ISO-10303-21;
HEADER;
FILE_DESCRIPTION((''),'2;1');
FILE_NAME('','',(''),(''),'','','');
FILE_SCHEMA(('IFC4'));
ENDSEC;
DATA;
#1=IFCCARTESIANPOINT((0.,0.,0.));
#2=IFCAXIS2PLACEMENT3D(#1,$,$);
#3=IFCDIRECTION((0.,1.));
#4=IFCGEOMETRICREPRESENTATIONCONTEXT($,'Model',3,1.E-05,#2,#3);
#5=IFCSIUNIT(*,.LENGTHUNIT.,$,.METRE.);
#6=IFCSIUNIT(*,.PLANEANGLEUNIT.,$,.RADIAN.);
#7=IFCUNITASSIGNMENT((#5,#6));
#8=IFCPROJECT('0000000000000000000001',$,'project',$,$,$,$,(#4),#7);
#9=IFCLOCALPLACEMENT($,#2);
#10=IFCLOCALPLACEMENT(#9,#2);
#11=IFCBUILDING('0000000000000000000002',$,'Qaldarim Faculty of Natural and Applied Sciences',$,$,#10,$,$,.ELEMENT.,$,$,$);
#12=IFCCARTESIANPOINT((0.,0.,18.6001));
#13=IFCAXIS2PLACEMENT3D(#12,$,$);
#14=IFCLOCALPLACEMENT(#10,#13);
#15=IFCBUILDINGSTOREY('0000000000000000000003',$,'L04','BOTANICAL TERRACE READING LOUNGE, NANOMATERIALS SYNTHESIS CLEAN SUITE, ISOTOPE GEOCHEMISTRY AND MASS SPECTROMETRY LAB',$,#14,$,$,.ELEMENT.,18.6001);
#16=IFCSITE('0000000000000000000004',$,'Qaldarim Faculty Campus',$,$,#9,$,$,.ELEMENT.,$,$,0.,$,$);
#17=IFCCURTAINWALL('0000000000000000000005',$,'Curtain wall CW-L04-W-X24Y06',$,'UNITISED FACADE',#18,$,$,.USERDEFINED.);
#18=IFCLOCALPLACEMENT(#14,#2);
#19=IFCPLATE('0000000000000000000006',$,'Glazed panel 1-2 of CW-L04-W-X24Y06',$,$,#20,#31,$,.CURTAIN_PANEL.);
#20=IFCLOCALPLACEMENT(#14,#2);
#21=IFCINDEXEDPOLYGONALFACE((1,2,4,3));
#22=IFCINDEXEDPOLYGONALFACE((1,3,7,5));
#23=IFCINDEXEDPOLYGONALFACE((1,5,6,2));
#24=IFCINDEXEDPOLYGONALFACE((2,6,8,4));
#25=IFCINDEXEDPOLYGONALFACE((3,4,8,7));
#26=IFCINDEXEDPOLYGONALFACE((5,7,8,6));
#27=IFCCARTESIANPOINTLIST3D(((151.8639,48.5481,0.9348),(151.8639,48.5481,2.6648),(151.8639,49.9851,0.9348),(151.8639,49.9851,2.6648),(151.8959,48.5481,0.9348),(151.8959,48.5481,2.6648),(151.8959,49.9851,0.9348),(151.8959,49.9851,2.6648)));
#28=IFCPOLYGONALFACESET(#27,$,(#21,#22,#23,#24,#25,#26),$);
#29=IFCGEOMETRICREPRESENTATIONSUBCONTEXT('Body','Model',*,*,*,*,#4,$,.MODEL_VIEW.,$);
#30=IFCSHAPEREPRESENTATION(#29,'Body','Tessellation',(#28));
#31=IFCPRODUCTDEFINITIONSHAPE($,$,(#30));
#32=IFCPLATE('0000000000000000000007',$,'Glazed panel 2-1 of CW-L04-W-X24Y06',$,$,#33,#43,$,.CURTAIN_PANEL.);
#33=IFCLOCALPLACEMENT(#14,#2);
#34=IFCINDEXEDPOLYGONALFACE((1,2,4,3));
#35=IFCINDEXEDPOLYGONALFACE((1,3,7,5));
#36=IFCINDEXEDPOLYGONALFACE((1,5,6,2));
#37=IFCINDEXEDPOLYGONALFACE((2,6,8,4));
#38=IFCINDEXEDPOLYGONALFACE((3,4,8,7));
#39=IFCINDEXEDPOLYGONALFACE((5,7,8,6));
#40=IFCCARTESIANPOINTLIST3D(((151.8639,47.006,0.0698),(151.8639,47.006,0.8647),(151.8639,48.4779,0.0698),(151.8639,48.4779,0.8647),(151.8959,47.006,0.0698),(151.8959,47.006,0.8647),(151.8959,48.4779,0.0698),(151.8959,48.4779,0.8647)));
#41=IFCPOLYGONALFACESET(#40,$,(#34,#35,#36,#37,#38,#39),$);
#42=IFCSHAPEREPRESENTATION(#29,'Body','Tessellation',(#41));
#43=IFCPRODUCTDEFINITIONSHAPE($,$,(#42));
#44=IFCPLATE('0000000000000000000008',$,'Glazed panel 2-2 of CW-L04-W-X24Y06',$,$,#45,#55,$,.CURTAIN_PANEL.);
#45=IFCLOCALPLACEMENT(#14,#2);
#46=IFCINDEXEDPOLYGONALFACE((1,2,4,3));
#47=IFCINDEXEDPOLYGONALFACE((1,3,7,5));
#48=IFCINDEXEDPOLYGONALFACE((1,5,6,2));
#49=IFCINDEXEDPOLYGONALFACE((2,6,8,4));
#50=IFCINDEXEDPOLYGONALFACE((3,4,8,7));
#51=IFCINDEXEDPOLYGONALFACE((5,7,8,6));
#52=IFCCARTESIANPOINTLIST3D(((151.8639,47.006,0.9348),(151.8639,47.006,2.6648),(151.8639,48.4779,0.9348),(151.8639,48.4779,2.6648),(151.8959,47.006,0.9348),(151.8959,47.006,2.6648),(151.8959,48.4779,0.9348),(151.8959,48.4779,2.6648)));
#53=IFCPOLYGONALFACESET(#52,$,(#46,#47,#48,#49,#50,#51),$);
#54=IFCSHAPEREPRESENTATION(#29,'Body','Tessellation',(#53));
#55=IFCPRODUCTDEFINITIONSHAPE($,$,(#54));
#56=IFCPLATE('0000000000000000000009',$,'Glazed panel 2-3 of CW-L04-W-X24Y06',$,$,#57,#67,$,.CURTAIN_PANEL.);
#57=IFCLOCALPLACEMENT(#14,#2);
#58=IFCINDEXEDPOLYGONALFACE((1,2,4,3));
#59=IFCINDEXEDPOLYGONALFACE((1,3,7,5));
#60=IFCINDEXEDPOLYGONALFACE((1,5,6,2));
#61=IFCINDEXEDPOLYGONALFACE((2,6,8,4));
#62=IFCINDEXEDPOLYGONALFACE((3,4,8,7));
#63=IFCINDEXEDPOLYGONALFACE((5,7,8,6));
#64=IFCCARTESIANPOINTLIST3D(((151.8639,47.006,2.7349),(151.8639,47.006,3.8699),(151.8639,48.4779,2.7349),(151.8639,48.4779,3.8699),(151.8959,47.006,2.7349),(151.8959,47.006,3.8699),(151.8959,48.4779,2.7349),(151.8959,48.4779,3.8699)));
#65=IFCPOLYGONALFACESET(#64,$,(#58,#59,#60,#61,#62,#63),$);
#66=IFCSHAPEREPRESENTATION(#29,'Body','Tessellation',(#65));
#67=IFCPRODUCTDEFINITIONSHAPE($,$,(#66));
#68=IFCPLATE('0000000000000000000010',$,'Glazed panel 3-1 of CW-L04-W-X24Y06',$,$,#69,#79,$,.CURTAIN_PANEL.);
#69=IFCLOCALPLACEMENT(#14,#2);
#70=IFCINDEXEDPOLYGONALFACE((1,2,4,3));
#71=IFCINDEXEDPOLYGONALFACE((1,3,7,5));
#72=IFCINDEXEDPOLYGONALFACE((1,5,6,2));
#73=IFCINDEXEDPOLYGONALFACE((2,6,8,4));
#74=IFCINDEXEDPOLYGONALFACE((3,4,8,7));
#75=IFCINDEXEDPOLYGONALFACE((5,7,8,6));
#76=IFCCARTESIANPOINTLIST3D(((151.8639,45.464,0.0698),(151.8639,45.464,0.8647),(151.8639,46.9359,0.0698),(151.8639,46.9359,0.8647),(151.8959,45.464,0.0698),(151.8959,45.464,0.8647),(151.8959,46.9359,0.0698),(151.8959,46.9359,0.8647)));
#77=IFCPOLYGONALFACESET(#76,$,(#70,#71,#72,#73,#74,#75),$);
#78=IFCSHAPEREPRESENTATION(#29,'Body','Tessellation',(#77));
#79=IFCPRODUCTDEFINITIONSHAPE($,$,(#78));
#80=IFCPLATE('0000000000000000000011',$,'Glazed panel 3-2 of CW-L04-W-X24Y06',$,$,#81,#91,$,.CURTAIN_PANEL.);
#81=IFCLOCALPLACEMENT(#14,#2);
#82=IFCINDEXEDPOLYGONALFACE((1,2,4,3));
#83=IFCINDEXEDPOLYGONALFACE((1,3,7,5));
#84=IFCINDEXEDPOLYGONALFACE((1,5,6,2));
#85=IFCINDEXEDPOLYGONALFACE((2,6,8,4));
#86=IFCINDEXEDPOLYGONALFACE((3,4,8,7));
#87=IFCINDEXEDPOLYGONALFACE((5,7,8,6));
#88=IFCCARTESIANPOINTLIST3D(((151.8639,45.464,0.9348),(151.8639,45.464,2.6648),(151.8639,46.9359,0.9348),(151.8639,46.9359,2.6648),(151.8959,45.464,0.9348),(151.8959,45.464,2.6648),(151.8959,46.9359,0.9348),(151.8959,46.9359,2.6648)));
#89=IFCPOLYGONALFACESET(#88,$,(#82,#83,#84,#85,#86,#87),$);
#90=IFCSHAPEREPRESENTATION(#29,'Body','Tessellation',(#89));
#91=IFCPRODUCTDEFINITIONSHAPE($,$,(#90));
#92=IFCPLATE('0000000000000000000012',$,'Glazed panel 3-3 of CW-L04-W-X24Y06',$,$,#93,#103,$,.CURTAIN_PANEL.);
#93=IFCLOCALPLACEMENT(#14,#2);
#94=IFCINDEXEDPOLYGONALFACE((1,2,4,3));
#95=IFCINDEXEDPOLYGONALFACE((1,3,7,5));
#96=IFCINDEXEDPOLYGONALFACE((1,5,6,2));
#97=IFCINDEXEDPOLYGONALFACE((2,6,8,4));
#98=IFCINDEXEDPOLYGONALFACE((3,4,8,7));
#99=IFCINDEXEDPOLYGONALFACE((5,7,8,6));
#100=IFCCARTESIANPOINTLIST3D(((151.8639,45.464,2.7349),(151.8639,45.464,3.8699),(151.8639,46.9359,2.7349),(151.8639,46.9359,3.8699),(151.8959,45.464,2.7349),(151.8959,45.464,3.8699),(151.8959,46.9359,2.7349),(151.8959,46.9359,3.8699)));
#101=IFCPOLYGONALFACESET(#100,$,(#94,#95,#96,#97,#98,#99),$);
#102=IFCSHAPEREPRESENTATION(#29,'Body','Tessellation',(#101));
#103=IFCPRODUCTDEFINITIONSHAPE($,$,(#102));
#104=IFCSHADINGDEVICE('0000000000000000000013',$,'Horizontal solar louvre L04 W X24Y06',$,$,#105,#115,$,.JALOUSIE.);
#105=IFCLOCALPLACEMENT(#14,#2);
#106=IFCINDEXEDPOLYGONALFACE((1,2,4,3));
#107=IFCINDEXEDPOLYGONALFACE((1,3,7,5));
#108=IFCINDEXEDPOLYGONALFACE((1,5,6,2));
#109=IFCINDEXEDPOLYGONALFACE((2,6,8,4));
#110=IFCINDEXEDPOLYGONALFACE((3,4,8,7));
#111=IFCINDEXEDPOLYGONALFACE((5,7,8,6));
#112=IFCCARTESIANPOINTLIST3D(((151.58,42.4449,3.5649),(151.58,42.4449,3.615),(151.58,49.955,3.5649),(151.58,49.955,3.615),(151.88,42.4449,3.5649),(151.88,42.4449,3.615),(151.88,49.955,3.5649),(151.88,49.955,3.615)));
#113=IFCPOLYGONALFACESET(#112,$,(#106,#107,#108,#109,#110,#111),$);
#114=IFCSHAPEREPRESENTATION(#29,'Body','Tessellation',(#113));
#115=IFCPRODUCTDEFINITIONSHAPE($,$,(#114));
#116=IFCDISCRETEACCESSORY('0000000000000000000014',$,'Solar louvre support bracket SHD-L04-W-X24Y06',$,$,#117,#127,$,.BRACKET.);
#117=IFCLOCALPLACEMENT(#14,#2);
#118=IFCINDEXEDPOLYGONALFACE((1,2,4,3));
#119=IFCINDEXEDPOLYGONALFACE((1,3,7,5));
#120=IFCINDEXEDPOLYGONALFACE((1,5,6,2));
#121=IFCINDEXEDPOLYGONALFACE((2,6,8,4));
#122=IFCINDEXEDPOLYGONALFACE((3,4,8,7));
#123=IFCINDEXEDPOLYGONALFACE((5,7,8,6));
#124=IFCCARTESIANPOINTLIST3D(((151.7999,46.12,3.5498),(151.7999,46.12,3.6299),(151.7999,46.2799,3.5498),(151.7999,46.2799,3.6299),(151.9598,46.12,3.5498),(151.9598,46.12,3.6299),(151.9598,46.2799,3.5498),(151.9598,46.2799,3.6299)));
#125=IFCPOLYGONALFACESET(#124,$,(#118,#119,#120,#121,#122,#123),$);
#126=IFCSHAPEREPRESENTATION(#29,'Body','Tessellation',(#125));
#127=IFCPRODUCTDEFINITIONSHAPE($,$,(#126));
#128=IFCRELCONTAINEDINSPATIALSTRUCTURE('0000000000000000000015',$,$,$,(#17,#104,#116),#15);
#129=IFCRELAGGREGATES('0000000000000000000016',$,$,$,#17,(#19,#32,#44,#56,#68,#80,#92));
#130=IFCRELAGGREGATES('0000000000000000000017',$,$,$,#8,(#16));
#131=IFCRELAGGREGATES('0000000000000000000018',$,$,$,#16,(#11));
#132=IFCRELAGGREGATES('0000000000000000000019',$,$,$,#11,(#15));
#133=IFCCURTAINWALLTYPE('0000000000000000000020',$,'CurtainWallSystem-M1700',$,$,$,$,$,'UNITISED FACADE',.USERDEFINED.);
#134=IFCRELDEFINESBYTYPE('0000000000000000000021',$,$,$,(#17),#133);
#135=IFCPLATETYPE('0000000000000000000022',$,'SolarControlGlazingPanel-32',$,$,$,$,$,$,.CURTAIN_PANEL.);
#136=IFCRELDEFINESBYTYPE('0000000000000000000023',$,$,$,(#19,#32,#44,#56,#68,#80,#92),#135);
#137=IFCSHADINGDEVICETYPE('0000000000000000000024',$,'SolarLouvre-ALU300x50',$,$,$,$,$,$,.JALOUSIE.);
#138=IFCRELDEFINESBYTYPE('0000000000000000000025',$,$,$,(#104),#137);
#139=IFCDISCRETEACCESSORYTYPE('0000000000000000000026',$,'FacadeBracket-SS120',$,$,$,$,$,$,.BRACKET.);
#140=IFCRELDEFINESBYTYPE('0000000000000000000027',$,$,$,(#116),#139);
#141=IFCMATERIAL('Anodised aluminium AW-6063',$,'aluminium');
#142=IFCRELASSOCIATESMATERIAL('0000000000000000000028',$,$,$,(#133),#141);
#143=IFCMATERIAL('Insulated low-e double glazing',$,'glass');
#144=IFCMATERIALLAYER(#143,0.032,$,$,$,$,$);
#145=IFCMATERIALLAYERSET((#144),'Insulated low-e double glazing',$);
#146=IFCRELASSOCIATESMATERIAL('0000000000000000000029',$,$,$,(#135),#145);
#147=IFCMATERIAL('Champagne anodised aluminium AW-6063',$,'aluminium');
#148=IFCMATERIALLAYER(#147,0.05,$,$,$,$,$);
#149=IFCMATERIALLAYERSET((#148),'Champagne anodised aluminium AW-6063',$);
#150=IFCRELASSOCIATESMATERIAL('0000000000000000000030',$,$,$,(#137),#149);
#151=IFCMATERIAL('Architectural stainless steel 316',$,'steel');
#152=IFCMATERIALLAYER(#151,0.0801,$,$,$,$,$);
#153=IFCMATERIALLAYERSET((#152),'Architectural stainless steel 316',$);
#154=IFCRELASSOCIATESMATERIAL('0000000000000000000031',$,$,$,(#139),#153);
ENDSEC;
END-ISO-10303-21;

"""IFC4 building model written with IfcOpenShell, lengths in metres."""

from ifc_helpers import new_model, si_unit, direction, frame, origin, origin_2d, place, context, subcontext, project, spatial, rectangle, extrude, material, layer, layer_set, type_object, element, aggregate, save


model = new_model("IFC4")

# Units and contexts
model_context = context("Model", 3, precision=1e-05, world=origin(), true_north=direction((0.0, 1.0)))
body_context = subcontext(model_context, "Body", "Model", "MODEL_VIEW")
ifc_project = project(units=[si_unit("LENGTHUNIT", "METRE"), si_unit("PLANEANGLEUNIT", "RADIAN")], contexts=[model_context])

# Site, building, storey
site_placement = place(None, origin())
site = spatial("IfcSite", under=ifc_project, at=site_placement, Name="Qaldarim Faculty Campus", CompositionType="ELEMENT", RefElevation=0.0)
building_placement = place(site_placement, origin())
building = spatial("IfcBuilding", under=site, at=building_placement, Name="Qaldarim Faculty of Natural and Applied Sciences", CompositionType="ELEMENT")
storey_placement = place(building_placement, frame((0.0, 0.0, 18.6001)))
storey = spatial("IfcBuildingStorey", under=building, at=storey_placement, Name="L04", Description="BOTANICAL TERRACE READING LOUNGE, NANOMATERIALS SYNTHESIS CLEAN SUITE, ISOTOPE GEOCHEMISTRY AND MASS SPECTROMETRY LAB", CompositionType="ELEMENT", Elevation=18.6001)

# Curtain wall, plates
ifc_material_1 = material(Name="Anodised aluminium AW-6063", Category="aluminium")
curtain_wall_type = type_object("IfcCurtainWallType", Name="CurtainWallSystem-M1700", ElementType="UNITISED FACADE", PredefinedType="USERDEFINED", material=ifc_material_1)
curtain_wall_placement = place(storey_placement, origin())
curtain_wall = element("IfcCurtainWall", 1, at=curtain_wall_placement, inside=storey, type_object=curtain_wall_type, Name="Curtain wall CW-L04-W-X24Y06", ObjectType="UNITISED FACADE", PredefinedType="USERDEFINED")
ifc_material_2 = material(Name="Insulated low-e double glazing", Category="glass")
ifc_layer_1 = layer(ifc_material_2, 0.032)
ifc_layer_set_1 = layer_set([ifc_layer_1], Name="Insulated low-e double glazing")
plate_type = type_object("IfcPlateType", Name="SolarControlGlazingPanel-32", PredefinedType="CURTAIN_PANEL", material=ifc_layer_set_1)
plate_1_placement = place(storey_placement, frame((151.8799, 49.2666, 0.9348), z_axis=(0.0, 0.0, 1.0), x_axis=(0.0, -1.0, 0.0)))
plate_1 = element("IfcPlate", 2, at=plate_1_placement, type_object=plate_type, Name="Glazed panel 1-2 of CW-L04-W-X24Y06", PredefinedType="CURTAIN_PANEL", context=body_context, shape_type="SweptSolid", body=[
    extrude(rectangle(XDim=1.437, YDim=0.032, at=origin_2d()), origin(), (0.0, 0.0, 1.0), 1.73),
])
plate_2_placement = place(storey_placement, frame((151.8799, 47.7419, 0.0698), z_axis=(0.0, 0.0, 1.0), x_axis=(0.0, -1.0, 0.0)))
plate_2 = element("IfcPlate", 3, at=plate_2_placement, type_object=plate_type, Name="Glazed panel 2-1 of CW-L04-W-X24Y06", PredefinedType="CURTAIN_PANEL", context=body_context, shape_type="SweptSolid", body=[
    extrude(rectangle(XDim=1.4719, YDim=0.032, at=origin_2d()), origin(), (0.0, 0.0, 1.0), 0.7949),
])
plate_3_placement = place(storey_placement, frame((151.8799, 47.7419, 0.9348), z_axis=(0.0, 0.0, 1.0), x_axis=(0.0, -1.0, 0.0)))
plate_3 = element("IfcPlate", 4, at=plate_3_placement, type_object=plate_type, Name="Glazed panel 2-2 of CW-L04-W-X24Y06", PredefinedType="CURTAIN_PANEL", context=body_context, shape_type="SweptSolid", body=[
    extrude(rectangle(XDim=1.4719, YDim=0.032, at=origin_2d()), origin(), (0.0, 0.0, 1.0), 1.73),
])
plate_4_placement = place(storey_placement, frame((151.8799, 47.7419, 2.7349), z_axis=(0.0, 0.0, 1.0), x_axis=(0.0, -1.0, 0.0)))
plate_4 = element("IfcPlate", 5, at=plate_4_placement, type_object=plate_type, Name="Glazed panel 2-3 of CW-L04-W-X24Y06", PredefinedType="CURTAIN_PANEL", context=body_context, shape_type="SweptSolid", body=[
    extrude(rectangle(XDim=1.4719, YDim=0.032, at=origin_2d()), origin(), (0.0, 0.0, 1.0), 1.135),
])
plate_5_placement = place(storey_placement, frame((151.8799, 46.2, 0.0698), z_axis=(0.0, 0.0, 1.0), x_axis=(0.0, -1.0, 0.0)))
plate_5 = element("IfcPlate", 6, at=plate_5_placement, type_object=plate_type, Name="Glazed panel 3-1 of CW-L04-W-X24Y06", PredefinedType="CURTAIN_PANEL", context=body_context, shape_type="SweptSolid", body=[
    extrude(rectangle(XDim=1.4719, YDim=0.032, at=origin_2d()), origin(), (0.0, 0.0, 1.0), 0.7949),
])
plate_6_placement = place(storey_placement, frame((151.8799, 46.2, 0.9348), z_axis=(0.0, 0.0, 1.0), x_axis=(0.0, -1.0, 0.0)))
plate_6 = element("IfcPlate", 7, at=plate_6_placement, type_object=plate_type, Name="Glazed panel 3-2 of CW-L04-W-X24Y06", PredefinedType="CURTAIN_PANEL", context=body_context, shape_type="SweptSolid", body=[
    extrude(rectangle(XDim=1.4719, YDim=0.032, at=origin_2d()), origin(), (0.0, 0.0, 1.0), 1.73),
])
plate_7_placement = place(storey_placement, frame((151.8799, 46.2, 2.7349), z_axis=(0.0, 0.0, 1.0), x_axis=(0.0, -1.0, 0.0)))
plate_7 = element("IfcPlate", 8, at=plate_7_placement, type_object=plate_type, Name="Glazed panel 3-3 of CW-L04-W-X24Y06", PredefinedType="CURTAIN_PANEL", context=body_context, shape_type="SweptSolid", body=[
    extrude(rectangle(XDim=1.4719, YDim=0.032, at=origin_2d()), origin(), (0.0, 0.0, 1.0), 1.135),
])
aggregate(curtain_wall, [plate_1, plate_2, plate_3, plate_4, plate_5, plate_6, plate_7])

# Shading device
ifc_material_3 = material(Name="Champagne anodised aluminium AW-6063", Category="aluminium")
ifc_layer_2 = layer(ifc_material_3, 0.05)
ifc_layer_set_2 = layer_set([ifc_layer_2], Name="Champagne anodised aluminium AW-6063")
shading_device_type = type_object("IfcShadingDeviceType", Name="SolarLouvre-ALU300x50", PredefinedType="JALOUSIE", material=ifc_layer_set_2)
shading_device_placement = place(storey_placement, frame((151.73, 46.2, 3.5649), z_axis=(0.0, 0.0, 1.0), x_axis=(0.0, 1.0, 0.0)))
element("IfcShadingDevice", 9, at=shading_device_placement, inside=storey, type_object=shading_device_type, Name="Horizontal solar louvre L04 W X24Y06", PredefinedType="JALOUSIE", context=body_context, shape_type="SweptSolid", body=[
    extrude(rectangle(XDim=7.51, YDim=0.3, at=origin_2d()), origin(), (0.0, 0.0, 1.0), 0.05),
])

# Discrete accessory
ifc_material_4 = material(Name="Architectural stainless steel 316", Category="steel")
ifc_layer_3 = layer(ifc_material_4, 0.0801)
ifc_layer_set_3 = layer_set([ifc_layer_3], Name="Architectural stainless steel 316")
discrete_accessory_type = type_object("IfcDiscreteAccessoryType", Name="FacadeBracket-SS120", PredefinedType="BRACKET", material=ifc_layer_set_3)
discrete_accessory_placement = place(storey_placement, frame((151.8799, 46.2, 3.5498), z_axis=(0.0, 0.0, 1.0), x_axis=(0.0, 1.0, 0.0)))
element("IfcDiscreteAccessory", 10, at=discrete_accessory_placement, inside=storey, type_object=discrete_accessory_type, Name="Solar louvre support bracket SHD-L04-W-X24Y06", PredefinedType="BRACKET", context=body_context, shape_type="SweptSolid", body=[
    extrude(rectangle(XDim=0.1599, YDim=0.1599, at=origin_2d()), origin(), (0.0, 0.0, 1.0), 0.0801),
])

save(model, "model.ifc")
